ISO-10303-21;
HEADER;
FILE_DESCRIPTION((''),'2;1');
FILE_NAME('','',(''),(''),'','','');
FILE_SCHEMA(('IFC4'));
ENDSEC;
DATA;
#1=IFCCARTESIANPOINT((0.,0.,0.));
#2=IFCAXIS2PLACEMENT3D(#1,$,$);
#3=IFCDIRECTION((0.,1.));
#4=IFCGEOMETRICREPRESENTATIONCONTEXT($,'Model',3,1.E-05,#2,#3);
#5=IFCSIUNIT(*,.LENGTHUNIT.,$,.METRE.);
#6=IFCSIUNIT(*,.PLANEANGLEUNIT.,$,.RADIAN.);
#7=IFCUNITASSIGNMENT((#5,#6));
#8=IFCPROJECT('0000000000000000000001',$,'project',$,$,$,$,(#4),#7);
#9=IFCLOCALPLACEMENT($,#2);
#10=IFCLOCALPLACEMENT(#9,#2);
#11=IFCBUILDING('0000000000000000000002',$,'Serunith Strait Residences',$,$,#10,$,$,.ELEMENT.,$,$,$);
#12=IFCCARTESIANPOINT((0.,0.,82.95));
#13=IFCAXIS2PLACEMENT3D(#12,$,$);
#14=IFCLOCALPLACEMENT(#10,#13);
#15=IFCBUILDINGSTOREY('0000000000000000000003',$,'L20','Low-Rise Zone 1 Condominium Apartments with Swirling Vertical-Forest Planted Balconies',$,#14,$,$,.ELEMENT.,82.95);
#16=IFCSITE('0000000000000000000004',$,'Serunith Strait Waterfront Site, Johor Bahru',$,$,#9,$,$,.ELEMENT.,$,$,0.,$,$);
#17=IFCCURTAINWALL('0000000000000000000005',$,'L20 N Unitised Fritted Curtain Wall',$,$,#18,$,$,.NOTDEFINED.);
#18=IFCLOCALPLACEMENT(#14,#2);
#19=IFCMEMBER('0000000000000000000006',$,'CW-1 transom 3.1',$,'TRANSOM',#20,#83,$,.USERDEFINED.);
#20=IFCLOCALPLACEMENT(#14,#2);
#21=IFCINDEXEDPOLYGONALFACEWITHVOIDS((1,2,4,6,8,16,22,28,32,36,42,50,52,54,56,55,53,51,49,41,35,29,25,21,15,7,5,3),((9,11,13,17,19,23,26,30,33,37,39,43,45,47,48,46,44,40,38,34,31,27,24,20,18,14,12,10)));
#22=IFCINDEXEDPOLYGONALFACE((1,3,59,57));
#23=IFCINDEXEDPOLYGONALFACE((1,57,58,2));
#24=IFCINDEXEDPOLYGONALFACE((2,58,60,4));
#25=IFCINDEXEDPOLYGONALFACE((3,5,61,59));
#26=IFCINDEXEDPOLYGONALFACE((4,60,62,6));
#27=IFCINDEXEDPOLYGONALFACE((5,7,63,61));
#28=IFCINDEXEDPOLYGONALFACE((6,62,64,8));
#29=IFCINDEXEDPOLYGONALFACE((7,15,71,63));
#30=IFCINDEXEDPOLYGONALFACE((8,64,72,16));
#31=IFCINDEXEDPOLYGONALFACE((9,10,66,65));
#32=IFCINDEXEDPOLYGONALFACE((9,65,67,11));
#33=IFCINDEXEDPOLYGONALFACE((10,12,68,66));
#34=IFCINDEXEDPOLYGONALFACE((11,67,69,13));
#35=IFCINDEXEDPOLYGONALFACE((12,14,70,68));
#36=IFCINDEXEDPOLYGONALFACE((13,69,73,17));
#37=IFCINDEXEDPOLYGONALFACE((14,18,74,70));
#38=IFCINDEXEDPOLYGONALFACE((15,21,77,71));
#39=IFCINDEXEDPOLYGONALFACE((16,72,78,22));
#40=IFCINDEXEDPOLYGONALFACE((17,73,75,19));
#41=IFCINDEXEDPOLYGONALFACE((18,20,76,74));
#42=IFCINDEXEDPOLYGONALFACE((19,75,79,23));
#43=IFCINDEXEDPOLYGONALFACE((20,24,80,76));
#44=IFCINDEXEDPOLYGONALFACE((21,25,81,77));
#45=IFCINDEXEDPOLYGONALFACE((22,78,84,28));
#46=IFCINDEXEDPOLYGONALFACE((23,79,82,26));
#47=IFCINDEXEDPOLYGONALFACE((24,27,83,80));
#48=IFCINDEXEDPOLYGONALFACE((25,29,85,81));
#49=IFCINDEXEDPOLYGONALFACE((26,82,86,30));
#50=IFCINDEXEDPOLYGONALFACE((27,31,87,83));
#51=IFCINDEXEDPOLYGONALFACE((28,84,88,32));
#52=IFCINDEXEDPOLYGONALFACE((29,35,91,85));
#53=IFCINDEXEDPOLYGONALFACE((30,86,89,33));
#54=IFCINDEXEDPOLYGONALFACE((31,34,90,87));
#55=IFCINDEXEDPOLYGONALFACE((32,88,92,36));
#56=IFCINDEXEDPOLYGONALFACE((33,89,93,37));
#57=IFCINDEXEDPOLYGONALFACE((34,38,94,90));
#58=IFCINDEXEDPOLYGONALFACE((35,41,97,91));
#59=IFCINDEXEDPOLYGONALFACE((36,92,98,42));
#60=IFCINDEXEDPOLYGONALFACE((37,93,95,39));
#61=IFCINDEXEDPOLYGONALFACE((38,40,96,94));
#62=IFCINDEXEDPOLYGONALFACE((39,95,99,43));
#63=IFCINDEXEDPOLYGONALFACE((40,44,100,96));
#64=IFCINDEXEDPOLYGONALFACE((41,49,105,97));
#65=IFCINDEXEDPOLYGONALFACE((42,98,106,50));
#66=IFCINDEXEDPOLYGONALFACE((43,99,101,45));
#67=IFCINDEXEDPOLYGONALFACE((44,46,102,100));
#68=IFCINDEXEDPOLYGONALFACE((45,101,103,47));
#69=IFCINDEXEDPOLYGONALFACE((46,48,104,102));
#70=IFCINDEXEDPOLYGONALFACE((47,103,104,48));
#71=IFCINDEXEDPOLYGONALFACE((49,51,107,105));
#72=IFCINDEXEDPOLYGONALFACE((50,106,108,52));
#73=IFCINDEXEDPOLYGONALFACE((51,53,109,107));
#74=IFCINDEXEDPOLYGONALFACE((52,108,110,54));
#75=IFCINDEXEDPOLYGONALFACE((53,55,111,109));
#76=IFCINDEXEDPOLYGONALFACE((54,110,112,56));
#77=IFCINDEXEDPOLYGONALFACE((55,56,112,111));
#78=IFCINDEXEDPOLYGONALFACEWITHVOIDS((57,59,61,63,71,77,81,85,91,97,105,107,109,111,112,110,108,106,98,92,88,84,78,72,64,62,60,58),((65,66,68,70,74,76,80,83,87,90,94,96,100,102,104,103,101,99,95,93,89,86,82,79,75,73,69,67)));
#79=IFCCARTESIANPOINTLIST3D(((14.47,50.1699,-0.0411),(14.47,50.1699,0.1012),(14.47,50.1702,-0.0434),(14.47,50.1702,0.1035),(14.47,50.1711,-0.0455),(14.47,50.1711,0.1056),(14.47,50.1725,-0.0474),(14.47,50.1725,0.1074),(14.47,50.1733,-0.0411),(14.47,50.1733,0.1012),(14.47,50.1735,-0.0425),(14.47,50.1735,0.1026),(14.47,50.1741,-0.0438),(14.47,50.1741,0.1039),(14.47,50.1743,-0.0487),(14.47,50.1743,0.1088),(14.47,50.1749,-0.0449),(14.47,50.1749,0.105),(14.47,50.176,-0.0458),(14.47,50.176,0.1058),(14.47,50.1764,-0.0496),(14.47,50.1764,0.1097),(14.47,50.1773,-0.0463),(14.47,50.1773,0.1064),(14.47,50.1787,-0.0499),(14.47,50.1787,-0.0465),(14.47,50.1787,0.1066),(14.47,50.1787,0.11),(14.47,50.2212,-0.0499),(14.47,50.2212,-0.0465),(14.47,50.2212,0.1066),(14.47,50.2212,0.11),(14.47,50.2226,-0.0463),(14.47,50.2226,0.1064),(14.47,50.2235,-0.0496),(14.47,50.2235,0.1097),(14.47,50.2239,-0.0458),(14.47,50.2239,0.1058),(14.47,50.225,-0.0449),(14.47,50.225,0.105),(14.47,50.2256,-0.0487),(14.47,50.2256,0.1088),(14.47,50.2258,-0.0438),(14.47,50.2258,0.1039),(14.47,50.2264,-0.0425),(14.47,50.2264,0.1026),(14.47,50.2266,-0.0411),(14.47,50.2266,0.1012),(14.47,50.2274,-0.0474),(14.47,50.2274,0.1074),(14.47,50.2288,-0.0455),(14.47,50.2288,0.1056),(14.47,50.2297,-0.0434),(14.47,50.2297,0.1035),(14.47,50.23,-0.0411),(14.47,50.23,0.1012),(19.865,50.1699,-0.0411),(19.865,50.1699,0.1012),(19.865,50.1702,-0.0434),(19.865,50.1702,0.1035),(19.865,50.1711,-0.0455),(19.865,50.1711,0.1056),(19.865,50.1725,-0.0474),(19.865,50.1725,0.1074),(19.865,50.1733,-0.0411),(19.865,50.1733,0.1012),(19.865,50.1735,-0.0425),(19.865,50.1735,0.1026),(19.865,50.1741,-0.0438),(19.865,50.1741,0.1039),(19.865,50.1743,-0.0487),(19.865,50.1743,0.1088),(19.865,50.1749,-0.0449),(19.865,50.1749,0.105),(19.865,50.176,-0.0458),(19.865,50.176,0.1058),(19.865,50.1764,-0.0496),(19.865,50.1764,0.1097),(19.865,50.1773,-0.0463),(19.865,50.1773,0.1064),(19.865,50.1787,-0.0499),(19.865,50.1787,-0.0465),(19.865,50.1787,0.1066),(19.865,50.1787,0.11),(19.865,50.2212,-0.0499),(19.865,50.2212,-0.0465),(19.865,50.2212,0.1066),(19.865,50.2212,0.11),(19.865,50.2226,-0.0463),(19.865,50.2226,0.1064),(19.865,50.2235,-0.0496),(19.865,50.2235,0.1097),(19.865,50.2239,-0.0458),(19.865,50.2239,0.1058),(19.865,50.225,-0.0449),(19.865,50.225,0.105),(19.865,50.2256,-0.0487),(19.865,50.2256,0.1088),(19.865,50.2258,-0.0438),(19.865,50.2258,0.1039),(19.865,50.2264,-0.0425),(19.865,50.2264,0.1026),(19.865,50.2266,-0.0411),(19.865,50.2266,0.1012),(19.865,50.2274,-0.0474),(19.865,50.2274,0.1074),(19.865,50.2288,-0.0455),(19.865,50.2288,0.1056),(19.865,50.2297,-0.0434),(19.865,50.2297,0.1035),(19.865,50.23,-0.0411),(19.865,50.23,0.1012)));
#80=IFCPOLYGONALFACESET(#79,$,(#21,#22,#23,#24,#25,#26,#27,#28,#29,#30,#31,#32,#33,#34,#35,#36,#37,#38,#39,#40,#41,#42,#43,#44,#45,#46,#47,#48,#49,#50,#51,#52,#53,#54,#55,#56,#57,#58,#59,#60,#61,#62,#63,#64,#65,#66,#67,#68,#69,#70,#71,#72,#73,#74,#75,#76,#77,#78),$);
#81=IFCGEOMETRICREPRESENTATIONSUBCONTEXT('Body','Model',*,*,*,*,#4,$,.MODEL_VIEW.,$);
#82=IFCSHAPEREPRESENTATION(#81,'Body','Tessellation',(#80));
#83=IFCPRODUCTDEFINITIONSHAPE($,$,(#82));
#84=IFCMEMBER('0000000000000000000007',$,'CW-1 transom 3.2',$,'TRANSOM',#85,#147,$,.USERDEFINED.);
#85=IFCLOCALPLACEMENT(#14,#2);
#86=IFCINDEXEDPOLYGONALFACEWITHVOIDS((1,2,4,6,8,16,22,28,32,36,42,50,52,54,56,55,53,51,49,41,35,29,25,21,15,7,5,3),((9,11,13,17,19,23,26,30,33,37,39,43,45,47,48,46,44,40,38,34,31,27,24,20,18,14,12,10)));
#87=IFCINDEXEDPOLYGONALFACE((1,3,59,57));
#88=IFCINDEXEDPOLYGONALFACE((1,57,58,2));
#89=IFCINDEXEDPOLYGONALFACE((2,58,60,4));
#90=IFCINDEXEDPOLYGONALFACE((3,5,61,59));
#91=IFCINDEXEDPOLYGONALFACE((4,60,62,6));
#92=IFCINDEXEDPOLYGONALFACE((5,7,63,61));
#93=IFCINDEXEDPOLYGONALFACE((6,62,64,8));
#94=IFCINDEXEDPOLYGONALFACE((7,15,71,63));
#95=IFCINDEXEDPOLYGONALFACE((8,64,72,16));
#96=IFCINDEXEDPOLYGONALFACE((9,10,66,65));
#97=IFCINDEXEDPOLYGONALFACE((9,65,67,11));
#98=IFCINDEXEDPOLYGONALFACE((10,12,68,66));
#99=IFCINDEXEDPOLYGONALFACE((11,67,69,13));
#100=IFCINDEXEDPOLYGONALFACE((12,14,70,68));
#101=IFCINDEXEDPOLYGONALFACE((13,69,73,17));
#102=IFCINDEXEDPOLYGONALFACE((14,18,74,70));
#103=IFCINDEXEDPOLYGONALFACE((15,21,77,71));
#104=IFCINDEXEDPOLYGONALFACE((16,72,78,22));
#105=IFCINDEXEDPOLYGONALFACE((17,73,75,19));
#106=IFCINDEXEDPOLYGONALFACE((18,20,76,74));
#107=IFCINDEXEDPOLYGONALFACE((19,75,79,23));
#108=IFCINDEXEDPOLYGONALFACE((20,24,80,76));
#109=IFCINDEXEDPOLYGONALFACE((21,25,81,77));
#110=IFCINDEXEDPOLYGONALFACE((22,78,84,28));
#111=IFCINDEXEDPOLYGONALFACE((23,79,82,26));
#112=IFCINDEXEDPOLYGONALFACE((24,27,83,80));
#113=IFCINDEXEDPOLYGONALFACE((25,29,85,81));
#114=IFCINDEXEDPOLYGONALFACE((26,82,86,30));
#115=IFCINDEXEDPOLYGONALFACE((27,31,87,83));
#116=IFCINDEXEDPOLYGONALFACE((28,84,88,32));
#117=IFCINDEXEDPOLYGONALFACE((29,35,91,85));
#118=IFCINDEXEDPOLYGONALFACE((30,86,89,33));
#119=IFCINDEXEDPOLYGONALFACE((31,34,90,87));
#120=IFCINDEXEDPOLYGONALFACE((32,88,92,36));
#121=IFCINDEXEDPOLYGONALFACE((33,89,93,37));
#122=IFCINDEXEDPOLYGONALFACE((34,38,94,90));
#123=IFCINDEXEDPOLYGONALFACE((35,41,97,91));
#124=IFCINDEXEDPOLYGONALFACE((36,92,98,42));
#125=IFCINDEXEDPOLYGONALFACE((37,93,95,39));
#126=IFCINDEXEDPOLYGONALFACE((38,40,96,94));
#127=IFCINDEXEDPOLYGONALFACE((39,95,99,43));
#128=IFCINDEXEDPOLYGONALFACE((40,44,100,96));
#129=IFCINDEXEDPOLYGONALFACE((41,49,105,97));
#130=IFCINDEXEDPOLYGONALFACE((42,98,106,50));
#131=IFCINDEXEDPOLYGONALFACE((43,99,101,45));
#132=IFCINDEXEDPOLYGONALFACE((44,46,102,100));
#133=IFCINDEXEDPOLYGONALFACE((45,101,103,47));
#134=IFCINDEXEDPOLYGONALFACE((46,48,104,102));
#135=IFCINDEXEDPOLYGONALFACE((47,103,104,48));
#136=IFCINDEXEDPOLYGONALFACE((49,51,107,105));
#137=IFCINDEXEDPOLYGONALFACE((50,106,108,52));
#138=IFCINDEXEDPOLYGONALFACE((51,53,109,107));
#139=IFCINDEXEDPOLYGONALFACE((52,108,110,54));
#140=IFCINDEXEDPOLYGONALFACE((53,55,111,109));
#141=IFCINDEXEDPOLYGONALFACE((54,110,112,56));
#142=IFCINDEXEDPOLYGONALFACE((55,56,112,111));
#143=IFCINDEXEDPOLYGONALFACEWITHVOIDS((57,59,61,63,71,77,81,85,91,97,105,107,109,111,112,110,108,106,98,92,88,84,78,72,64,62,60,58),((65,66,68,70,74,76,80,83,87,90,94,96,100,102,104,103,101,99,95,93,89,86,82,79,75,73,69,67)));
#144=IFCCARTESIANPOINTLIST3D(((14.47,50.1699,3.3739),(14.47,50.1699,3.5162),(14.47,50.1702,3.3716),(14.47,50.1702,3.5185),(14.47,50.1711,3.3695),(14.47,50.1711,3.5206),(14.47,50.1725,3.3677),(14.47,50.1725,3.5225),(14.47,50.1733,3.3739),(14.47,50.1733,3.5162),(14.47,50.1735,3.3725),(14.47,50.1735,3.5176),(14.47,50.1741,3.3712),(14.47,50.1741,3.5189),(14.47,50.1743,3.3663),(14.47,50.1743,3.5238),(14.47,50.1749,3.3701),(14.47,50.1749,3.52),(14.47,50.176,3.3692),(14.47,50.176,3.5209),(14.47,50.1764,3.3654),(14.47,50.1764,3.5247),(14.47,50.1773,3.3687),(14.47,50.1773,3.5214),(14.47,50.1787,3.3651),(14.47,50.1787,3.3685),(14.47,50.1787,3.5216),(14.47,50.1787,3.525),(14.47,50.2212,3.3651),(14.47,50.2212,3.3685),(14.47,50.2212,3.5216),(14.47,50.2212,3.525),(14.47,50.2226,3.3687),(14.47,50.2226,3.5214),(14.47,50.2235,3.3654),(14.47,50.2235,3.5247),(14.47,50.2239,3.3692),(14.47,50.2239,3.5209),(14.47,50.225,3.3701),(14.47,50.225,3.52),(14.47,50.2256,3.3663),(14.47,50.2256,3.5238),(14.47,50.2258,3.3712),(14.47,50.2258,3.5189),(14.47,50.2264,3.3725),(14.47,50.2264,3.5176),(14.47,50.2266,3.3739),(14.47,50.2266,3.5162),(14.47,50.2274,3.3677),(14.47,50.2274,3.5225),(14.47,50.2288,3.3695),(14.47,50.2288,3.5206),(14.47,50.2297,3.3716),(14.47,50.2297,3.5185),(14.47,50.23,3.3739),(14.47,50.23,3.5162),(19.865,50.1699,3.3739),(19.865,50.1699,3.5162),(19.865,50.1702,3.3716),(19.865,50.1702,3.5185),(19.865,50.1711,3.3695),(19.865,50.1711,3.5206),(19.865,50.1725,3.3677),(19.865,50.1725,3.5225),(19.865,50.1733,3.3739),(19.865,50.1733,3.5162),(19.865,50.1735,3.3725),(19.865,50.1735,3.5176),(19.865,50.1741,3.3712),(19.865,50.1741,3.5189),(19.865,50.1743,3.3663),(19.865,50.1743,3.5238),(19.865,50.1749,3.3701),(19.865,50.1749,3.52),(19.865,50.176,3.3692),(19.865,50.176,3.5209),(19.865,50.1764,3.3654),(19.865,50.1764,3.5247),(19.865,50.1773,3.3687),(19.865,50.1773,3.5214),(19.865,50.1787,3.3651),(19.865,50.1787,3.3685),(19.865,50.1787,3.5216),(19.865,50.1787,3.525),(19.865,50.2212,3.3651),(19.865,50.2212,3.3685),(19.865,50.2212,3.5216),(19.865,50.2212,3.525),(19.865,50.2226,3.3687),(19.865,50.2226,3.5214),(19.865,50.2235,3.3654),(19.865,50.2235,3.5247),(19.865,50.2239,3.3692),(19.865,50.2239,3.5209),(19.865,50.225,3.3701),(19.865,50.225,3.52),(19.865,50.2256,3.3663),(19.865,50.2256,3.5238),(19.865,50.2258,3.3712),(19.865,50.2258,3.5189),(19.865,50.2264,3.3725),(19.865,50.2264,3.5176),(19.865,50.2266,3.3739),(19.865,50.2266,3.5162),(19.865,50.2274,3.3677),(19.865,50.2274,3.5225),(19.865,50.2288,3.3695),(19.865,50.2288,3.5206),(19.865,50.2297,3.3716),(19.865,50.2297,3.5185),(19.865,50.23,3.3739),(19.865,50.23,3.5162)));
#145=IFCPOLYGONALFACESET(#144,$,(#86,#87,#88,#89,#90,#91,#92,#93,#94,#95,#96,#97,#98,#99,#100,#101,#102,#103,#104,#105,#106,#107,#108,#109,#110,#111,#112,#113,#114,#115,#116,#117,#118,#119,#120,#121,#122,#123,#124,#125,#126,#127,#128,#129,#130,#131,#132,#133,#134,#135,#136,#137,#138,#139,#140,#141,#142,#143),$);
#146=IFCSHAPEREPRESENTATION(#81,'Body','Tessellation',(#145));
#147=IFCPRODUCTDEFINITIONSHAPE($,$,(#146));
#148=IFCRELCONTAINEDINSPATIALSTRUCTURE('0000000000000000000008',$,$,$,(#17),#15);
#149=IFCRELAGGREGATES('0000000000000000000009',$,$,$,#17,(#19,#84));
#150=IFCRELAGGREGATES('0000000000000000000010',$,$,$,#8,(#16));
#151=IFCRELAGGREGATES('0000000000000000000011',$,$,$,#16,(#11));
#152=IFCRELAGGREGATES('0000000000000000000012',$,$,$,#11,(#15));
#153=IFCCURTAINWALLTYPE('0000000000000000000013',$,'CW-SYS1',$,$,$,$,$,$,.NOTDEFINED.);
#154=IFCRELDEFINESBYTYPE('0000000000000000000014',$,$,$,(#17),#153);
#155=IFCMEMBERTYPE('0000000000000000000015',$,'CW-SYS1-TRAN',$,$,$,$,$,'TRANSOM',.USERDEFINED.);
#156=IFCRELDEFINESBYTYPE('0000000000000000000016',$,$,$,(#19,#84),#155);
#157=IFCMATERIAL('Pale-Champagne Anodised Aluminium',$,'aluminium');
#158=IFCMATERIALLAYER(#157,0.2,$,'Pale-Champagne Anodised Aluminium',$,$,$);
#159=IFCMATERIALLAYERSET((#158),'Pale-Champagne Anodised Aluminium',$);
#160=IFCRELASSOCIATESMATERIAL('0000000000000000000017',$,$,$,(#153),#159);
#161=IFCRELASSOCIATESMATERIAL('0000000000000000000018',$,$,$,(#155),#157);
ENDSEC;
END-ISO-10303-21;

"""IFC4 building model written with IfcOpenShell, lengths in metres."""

from ifc_helpers import new_model, si_unit, direction, frame, origin, origin_2d, place, context, subcontext, project, spatial, hollow_rectangle, extrude, source, transform, mapped, material, layer, layer_set, material_profile, profile_set, type_object, element, aggregate, save


model = new_model("IFC4")

# Units and contexts
model_context = context("Model", 3, precision=1e-05, world=origin(), true_north=direction((0.0, 1.0)))
body_context = subcontext(model_context, "Body", "Model", "MODEL_VIEW")
ifc_project = project(units=[si_unit("LENGTHUNIT", "METRE"), si_unit("PLANEANGLEUNIT", "RADIAN")], contexts=[model_context])

# Site, building, storey
site_placement = place(None, origin())
site = spatial("IfcSite", under=ifc_project, at=site_placement, Name="Serunith Strait Waterfront Site, Johor Bahru", CompositionType="ELEMENT", RefElevation=0.0)
building_placement = place(site_placement, origin())
building = spatial("IfcBuilding", under=site, at=building_placement, Name="Serunith Strait Residences", CompositionType="ELEMENT")
storey_placement = place(building_placement, frame((0.0, 0.0, 82.95)))
storey = spatial("IfcBuildingStorey", under=building, at=storey_placement, Name="L20", Description="Low-Rise Zone 1 Condominium Apartments with Swirling Vertical-Forest Planted Balconies", CompositionType="ELEMENT", Elevation=82.95)

# Curtain wall, members
ifc_material_1 = material(Name="Pale-Champagne Anodised Aluminium", Category="aluminium")
ifc_layer_1 = layer(ifc_material_1, 0.2, Name="Pale-Champagne Anodised Aluminium")
ifc_layer_set_1 = layer_set([ifc_layer_1], Name="Pale-Champagne Anodised Aluminium")
curtain_wall_type = type_object("IfcCurtainWallType", Name="CW-SYS1", PredefinedType="NOTDEFINED", material=ifc_layer_set_1)
curtain_wall_placement = place(storey_placement, origin())
curtain_wall = element("IfcCurtainWall", 1, at=curtain_wall_placement, inside=storey, type_object=curtain_wall_type, Name="L20 N Unitised Fritted Curtain Wall", PredefinedType="NOTDEFINED")
ifc_material_profile_1 = material_profile(ifc_material_1, hollow_rectangle(XDim=0.0601, YDim=0.1599, WallThickness=0.0034, InnerFilletRadius=0.0054, OuterFilletRadius=0.0088, at=origin_2d()), Name="ALU 160x60x3.5")
ifc_profile_set_1 = profile_set([ifc_material_profile_1], Name="Pale-Champagne Anodised Aluminium")
member_type_1 = type_object("IfcMemberType", Name="CW-SYS1-TRAN", ElementType="TRANSOM", PredefinedType="USERDEFINED", material=ifc_profile_set_1)
shared_shape_1 = source(origin(), body_context, "Body", "SweptSolid", [
    extrude(hollow_rectangle(XDim=0.0601, YDim=0.1599, WallThickness=0.0034, InnerFilletRadius=0.0054, OuterFilletRadius=0.0088, at=origin_2d()), origin(), (0.0, 0.0, 1.0), 5.395),
])
member_1_placement = place(storey_placement, frame((19.865, 50.2, 0.03), z_axis=(-1.0, 0.0, 0.0), x_axis=(0.0, -1.0, 0.0)))
member_1 = element("IfcMember", 2, at=member_1_placement, type_object=member_type_1, Name="CW-1 transom 3.1", ObjectType="TRANSOM", PredefinedType="USERDEFINED", context=body_context, shape_type="MappedRepresentation", body=[
    mapped(shared_shape_1, transform((0.0, 0.0, 0.0), scale=1.0)),
])
member_2_placement = place(storey_placement, frame((19.865, 50.2, 3.4451), z_axis=(-1.0, 0.0, 0.0), x_axis=(0.0, -1.0, 0.0)))
member_2 = element("IfcMember", 3, at=member_2_placement, type_object=member_type_1, Name="CW-1 transom 3.2", ObjectType="TRANSOM", PredefinedType="USERDEFINED", context=body_context, shape_type="MappedRepresentation", body=[
    mapped(shared_shape_1, transform((0.0, 0.0, 0.0), scale=1.0)),
])
aggregate(curtain_wall, [member_1, member_2])

save(model, "model.ifc")
